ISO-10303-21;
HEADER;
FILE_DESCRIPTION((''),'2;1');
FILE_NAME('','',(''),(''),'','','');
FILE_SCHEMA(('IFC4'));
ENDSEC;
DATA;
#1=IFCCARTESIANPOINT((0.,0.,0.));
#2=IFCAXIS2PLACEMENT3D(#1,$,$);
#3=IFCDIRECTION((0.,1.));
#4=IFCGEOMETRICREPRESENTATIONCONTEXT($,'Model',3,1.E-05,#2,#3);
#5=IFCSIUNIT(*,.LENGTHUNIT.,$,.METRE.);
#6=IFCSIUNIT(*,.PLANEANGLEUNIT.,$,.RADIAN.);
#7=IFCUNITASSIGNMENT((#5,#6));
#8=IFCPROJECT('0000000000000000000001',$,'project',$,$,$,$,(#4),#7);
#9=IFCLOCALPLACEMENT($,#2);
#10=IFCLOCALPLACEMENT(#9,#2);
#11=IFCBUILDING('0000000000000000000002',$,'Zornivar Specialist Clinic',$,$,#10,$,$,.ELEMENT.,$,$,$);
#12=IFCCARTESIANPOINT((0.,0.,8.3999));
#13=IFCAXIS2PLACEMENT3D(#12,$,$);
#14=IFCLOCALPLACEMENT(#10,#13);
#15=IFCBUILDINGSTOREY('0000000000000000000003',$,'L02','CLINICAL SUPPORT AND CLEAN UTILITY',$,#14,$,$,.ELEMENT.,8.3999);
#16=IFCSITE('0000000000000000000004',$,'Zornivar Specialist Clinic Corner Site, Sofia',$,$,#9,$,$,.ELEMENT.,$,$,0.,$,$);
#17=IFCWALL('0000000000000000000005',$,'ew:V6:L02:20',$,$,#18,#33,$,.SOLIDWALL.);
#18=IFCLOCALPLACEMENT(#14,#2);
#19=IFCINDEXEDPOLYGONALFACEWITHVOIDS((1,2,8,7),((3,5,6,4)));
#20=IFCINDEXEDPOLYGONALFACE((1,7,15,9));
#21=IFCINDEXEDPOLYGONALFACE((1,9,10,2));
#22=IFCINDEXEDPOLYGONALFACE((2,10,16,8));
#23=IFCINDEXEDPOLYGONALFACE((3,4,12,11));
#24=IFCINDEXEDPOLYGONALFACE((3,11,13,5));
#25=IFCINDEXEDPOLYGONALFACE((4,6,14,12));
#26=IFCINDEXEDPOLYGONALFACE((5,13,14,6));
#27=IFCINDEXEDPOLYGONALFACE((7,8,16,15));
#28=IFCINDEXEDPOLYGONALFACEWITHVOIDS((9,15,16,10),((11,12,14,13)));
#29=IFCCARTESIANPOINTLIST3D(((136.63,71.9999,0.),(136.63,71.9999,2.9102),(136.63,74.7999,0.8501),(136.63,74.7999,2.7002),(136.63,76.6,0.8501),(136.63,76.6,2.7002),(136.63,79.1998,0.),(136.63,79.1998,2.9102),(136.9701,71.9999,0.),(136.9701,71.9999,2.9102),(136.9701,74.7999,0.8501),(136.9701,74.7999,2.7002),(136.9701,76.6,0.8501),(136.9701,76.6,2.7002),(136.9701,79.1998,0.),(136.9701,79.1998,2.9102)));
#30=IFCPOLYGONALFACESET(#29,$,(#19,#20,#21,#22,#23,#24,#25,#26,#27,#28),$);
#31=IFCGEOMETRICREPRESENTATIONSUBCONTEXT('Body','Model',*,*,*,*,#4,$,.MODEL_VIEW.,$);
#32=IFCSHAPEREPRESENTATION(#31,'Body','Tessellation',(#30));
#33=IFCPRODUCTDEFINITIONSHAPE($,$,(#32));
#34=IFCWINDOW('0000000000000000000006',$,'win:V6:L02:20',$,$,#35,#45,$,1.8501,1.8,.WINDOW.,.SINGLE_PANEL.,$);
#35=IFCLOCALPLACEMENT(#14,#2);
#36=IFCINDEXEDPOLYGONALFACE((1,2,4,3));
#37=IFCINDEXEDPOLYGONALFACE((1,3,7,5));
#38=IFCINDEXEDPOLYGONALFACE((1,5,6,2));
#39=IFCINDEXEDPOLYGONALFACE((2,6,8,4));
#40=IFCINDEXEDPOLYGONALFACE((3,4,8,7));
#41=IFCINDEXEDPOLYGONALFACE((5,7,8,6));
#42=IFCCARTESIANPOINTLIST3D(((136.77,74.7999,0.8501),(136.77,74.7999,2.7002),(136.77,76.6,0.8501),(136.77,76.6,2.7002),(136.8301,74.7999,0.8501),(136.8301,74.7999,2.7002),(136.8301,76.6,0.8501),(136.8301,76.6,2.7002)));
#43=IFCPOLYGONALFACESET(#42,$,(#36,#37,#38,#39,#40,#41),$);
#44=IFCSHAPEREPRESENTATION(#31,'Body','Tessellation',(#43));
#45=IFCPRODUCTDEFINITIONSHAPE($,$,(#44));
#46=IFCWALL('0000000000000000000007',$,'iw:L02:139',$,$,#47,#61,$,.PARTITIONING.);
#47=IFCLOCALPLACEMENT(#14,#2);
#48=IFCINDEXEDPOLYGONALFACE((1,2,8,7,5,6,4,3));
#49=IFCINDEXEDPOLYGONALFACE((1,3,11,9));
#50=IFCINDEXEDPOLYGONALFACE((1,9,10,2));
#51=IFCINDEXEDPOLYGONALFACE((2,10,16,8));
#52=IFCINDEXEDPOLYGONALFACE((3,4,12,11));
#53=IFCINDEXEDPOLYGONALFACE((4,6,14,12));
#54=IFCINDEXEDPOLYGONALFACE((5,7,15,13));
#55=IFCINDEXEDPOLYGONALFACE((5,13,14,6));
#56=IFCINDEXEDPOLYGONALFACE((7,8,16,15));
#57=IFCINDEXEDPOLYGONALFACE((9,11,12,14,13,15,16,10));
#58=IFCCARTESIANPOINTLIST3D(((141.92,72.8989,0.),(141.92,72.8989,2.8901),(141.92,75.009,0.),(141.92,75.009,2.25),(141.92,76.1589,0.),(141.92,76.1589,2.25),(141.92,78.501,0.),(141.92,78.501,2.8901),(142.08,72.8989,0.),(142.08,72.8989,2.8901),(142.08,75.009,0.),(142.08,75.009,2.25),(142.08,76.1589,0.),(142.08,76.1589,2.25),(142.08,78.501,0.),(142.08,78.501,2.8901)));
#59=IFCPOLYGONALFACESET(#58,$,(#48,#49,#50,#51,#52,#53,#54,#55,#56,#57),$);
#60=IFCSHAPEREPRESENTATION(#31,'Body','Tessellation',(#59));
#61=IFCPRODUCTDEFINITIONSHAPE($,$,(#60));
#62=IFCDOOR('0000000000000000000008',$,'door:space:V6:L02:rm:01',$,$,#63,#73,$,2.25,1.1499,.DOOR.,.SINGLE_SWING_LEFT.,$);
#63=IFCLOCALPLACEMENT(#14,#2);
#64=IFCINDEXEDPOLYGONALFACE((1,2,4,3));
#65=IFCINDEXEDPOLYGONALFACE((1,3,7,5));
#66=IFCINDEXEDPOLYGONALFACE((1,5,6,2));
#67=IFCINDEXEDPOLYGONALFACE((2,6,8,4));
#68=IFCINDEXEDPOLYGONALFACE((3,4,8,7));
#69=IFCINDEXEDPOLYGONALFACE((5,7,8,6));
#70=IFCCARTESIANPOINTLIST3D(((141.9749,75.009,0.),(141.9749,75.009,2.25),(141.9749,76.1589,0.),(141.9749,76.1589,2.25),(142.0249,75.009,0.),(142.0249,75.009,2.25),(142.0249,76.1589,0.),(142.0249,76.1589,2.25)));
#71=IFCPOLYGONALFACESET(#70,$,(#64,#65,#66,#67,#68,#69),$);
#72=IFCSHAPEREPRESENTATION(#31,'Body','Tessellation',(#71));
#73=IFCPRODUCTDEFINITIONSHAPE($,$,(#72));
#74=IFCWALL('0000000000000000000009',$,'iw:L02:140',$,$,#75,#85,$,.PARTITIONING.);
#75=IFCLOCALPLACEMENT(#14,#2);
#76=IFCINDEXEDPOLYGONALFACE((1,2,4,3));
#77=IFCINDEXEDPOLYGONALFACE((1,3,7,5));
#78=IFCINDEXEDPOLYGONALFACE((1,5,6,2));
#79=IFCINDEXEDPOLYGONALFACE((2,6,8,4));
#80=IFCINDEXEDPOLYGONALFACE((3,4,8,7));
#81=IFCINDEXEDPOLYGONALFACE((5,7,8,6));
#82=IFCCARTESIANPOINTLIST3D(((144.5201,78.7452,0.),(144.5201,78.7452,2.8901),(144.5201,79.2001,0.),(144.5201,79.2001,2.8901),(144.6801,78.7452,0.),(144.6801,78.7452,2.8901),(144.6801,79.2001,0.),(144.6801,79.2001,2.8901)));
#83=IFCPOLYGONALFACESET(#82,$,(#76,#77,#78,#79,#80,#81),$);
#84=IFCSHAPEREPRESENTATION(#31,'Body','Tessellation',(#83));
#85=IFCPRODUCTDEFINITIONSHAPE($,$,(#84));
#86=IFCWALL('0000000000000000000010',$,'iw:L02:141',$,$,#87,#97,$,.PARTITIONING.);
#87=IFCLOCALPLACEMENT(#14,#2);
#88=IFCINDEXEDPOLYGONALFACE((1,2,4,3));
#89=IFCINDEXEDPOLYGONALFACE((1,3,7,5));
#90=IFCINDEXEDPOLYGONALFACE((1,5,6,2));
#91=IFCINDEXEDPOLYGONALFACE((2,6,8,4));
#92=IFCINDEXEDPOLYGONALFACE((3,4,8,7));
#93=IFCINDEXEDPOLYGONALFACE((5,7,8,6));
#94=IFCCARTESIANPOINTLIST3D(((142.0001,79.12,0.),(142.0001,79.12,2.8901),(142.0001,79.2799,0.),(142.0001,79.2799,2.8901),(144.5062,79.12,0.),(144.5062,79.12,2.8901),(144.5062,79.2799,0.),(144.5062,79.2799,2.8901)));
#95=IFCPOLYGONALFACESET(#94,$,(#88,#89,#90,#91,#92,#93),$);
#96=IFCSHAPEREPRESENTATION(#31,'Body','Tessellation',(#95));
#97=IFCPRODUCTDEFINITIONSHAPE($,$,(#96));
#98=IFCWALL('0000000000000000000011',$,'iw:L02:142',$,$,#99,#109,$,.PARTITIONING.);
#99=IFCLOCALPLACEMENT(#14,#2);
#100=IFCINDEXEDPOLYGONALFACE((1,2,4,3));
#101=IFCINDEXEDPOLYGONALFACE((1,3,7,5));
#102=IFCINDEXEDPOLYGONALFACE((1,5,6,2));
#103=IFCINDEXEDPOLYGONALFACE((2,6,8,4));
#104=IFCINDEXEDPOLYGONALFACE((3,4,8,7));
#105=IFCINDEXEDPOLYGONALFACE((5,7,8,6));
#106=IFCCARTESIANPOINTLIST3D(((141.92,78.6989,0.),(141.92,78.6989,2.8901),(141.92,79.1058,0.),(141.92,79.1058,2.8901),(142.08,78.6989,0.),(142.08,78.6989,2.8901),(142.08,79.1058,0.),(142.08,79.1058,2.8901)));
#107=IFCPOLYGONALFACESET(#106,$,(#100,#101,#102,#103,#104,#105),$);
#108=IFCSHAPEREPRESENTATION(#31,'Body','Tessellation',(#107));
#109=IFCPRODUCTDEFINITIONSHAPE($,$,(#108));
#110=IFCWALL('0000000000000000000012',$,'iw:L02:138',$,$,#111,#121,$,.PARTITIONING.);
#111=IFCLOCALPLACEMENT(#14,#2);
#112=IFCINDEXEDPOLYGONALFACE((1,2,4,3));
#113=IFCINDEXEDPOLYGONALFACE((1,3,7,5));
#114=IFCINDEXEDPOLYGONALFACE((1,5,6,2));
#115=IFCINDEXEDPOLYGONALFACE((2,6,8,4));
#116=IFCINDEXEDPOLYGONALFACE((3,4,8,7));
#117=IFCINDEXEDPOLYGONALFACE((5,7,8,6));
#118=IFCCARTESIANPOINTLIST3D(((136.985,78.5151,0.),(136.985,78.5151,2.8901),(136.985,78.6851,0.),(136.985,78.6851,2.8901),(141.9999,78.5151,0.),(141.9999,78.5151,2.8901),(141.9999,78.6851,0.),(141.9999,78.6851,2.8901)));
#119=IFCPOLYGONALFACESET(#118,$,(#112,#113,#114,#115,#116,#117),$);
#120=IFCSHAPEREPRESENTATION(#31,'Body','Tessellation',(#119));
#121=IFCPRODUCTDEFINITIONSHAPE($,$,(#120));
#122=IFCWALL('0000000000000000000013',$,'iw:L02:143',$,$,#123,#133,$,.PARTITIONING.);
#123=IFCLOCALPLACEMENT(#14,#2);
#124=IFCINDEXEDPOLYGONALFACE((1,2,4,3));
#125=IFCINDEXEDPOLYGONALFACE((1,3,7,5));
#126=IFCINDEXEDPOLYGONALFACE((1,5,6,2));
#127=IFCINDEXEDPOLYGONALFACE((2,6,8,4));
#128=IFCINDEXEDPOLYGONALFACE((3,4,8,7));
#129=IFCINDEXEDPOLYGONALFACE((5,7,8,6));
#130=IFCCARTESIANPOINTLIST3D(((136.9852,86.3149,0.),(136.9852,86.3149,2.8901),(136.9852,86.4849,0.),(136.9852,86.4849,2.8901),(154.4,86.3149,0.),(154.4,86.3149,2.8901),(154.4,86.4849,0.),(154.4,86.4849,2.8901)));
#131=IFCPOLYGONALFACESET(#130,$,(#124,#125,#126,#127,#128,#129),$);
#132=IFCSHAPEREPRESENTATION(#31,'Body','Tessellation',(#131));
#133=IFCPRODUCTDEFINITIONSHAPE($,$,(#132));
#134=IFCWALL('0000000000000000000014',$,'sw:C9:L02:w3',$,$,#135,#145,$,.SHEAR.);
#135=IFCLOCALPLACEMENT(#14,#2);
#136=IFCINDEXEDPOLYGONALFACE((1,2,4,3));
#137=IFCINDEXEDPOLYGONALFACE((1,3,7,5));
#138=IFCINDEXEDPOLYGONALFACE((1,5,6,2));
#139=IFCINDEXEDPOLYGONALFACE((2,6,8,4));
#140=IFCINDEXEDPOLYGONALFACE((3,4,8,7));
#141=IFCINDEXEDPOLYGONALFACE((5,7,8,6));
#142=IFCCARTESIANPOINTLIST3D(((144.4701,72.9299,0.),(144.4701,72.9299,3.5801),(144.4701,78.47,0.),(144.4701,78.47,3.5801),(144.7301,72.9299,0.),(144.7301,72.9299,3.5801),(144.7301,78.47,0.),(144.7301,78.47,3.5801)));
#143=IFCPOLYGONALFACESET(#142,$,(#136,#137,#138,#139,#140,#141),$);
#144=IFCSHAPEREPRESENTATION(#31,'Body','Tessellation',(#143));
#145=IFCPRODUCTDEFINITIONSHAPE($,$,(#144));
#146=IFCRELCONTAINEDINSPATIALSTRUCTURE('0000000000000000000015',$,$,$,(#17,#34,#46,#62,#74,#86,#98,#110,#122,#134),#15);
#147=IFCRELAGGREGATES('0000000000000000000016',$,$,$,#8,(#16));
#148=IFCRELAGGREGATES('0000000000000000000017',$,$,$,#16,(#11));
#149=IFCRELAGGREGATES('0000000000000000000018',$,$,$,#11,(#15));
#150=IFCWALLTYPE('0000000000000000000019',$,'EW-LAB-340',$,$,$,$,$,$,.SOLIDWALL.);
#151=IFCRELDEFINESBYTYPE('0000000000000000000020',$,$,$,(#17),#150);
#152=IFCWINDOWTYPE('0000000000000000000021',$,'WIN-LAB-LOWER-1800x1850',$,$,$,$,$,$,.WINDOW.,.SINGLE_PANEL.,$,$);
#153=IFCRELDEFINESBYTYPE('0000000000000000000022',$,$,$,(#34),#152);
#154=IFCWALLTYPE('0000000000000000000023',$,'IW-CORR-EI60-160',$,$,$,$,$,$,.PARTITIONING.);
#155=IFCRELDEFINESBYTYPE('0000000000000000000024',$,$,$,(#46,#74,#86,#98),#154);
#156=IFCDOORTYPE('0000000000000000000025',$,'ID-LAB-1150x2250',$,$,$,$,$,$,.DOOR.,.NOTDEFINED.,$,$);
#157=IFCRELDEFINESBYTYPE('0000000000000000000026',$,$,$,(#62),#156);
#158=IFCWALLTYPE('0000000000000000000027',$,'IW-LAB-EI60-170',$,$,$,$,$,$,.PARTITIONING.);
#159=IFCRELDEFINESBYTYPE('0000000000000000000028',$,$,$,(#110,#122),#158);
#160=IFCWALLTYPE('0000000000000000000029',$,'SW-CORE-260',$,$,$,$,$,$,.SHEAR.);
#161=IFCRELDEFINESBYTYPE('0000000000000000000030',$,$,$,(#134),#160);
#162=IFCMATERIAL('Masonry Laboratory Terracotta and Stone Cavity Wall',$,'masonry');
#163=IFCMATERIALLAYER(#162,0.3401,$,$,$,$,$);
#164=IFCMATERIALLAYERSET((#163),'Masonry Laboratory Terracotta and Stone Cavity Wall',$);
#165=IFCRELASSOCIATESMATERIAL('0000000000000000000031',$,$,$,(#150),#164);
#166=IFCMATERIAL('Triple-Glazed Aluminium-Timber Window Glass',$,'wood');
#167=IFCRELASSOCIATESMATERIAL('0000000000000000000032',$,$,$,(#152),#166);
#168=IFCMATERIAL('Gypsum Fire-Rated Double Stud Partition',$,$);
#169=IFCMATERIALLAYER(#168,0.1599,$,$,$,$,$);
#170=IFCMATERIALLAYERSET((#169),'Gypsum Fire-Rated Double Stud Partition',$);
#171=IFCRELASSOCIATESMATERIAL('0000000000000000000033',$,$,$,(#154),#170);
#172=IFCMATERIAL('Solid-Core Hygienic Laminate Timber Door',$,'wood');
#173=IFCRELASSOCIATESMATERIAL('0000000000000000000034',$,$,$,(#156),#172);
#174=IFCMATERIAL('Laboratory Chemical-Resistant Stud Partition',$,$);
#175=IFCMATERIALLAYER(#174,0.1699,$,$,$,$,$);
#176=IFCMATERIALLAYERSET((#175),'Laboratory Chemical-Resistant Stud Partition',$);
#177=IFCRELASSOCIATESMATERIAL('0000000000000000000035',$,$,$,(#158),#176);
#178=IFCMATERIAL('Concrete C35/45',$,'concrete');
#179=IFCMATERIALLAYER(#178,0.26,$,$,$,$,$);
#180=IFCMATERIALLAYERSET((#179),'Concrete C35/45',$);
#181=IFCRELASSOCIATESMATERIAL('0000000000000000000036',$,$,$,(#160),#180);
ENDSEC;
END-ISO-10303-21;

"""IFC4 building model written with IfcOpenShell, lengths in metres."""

from ifc_helpers import new_model, si_unit, direction, frame, frame_2d, origin, place, context, subcontext, project, spatial, rectangle, extrude, material, layer, layer_set, type_object, element, fill, save


model = new_model("IFC4")

# Units and contexts
model_context = context("Model", 3, precision=1e-05, world=origin(), true_north=direction((0.0, 1.0)))
body_context = subcontext(model_context, "Body", "Model", "MODEL_VIEW")
ifc_project = project(units=[si_unit("LENGTHUNIT", "METRE"), si_unit("PLANEANGLEUNIT", "RADIAN")], contexts=[model_context])

# Site, building, storey
site_placement = place(None, origin())
site = spatial("IfcSite", under=ifc_project, at=site_placement, Name="Zornivar Specialist Clinic Corner Site, Sofia", CompositionType="ELEMENT", RefElevation=0.0)
building_placement = place(site_placement, origin())
building = spatial("IfcBuilding", under=site, at=building_placement, Name="Zornivar Specialist Clinic", CompositionType="ELEMENT")
storey_placement = place(building_placement, frame((0.0, 0.0, 8.3999)))
storey = spatial("IfcBuildingStorey", under=building, at=storey_placement, Name="L02", Description="CLINICAL SUPPORT AND CLEAN UTILITY", CompositionType="ELEMENT", Elevation=8.3999)

# Wall, opening, window
ifc_material_1 = material(Name="Masonry Laboratory Terracotta and Stone Cavity Wall", Category="masonry")
ifc_layer_1 = layer(ifc_material_1, 0.3401)
ifc_layer_set_1 = layer_set([ifc_layer_1], Name="Masonry Laboratory Terracotta and Stone Cavity Wall")
wall_type_1 = type_object("IfcWallType", Name="EW-LAB-340", PredefinedType="SOLIDWALL", material=ifc_layer_set_1)
ifc_material_2 = material(Name="Triple-Glazed Aluminium-Timber Window Glass", Category="wood")
window_type = type_object("IfcWindowType", Name="WIN-LAB-LOWER-1800x1850", PartitioningType="SINGLE_PANEL", PredefinedType="WINDOW", material=ifc_material_2)
wall_1_placement = place(storey_placement, frame((136.8, 79.2, 0.0), z_axis=(0.0, 0.0, 1.0), x_axis=(0.0, -1.0, 0.0)))
wall_1 = element("IfcWall", 1, at=wall_1_placement, inside=storey, type_object=wall_type_1, Name="ew:V6:L02:20", PredefinedType="SOLIDWALL", context=body_context, shape_type="SweptSolid", body=[
    extrude(rectangle(XDim=7.2, YDim=0.3401, at=frame_2d((3.6001, 0.0))), origin(), (0.0, 0.0, 1.0), 2.9102),
])
opening_1_placement = place(wall_1_placement, frame((2.6001, 0.0, 0.8501)))
opening_1 = element("IfcOpeningElement", 2, at=opening_1_placement, cuts=wall_1, PredefinedType="OPENING", context=body_context, shape_type="SweptSolid", body=[
    extrude(rectangle(XDim=1.8, YDim=1.8501, at=frame_2d((0.8999, 0.925))), frame((0.0, 0.1799, 0.0), z_axis=(0.0, -1.0, 0.0), x_axis=(1.0, 0.0, 0.0)), (0.0, 0.0, 1.0), 0.3601),
])
window_1_placement = place(opening_1_placement, origin())
window_1 = element("IfcWindow", 3, at=window_1_placement, inside=storey, type_object=window_type, Name="win:V6:L02:20", OverallHeight=1.8501, OverallWidth=1.8, PartitioningType="SINGLE_PANEL", PredefinedType="WINDOW", context=body_context, shape_type="SweptSolid", body=[
    extrude(rectangle(XDim=1.8, YDim=1.8501, at=frame_2d((0.8999, 0.925))), frame((0.0, 0.03, 0.0), z_axis=(0.0, -1.0, 0.0), x_axis=(1.0, 0.0, 0.0)), (0.0, 0.0, 1.0), 0.0601),
])
fill(opening_1, window_1)

# Wall, opening, door
ifc_material_3 = material(Name="Gypsum Fire-Rated Double Stud Partition")
ifc_layer_2 = layer(ifc_material_3, 0.1599)
ifc_layer_set_2 = layer_set([ifc_layer_2], Name="Gypsum Fire-Rated Double Stud Partition")
wall_type_2 = type_object("IfcWallType", Name="IW-CORR-EI60-160", PredefinedType="PARTITIONING", material=ifc_layer_set_2)
wall_2_placement = place(storey_placement, frame((142.0, 78.501, 0.0), z_axis=(0.0, 0.0, 1.0), x_axis=(0.0, -1.0, 0.0)))
wall_2 = element("IfcWall", 4, at=wall_2_placement, inside=storey, type_object=wall_type_2, Name="iw:L02:139", PredefinedType="PARTITIONING", context=body_context, shape_type="SweptSolid", body=[
    extrude(rectangle(XDim=5.6021, YDim=0.1599, at=frame_2d((2.801, 0.0))), origin(), (0.0, 0.0, 1.0), 2.8901),
])
opening_2_placement = place(wall_2_placement, frame((2.342, 0.0, 0.0)))
opening_2 = element("IfcOpeningElement", 5, at=opening_2_placement, cuts=wall_2, PredefinedType="OPENING", context=body_context, shape_type="SweptSolid", body=[
    extrude(rectangle(XDim=1.1499, YDim=2.25, at=frame_2d((0.575, 1.125))), frame((0.0, 0.0898, 0.0), z_axis=(0.0, -1.0, 0.0), x_axis=(1.0, 0.0, 0.0)), (0.0, 0.0, 1.0), 0.1799),
])
ifc_material_4 = material(Name="Solid-Core Hygienic Laminate Timber Door", Category="wood")
door_type_1 = type_object("IfcDoorType", Name="ID-LAB-1150x2250", OperationType="NOTDEFINED", PredefinedType="DOOR", material=ifc_material_4)
door_1_placement = place(opening_2_placement, origin())
door_1 = element("IfcDoor", 6, at=door_1_placement, inside=storey, type_object=door_type_1, Name="door:space:V6:L02:rm:01", OperationType="SINGLE_SWING_LEFT", OverallHeight=2.25, OverallWidth=1.1499, PredefinedType="DOOR", context=body_context, shape_type="SweptSolid", body=[
    extrude(rectangle(XDim=1.1499, YDim=2.25, at=frame_2d((0.575, 1.125))), frame((0.0, 0.0249, 0.0), z_axis=(0.0, -1.0, 0.0), x_axis=(1.0, 0.0, 0.0)), (0.0, 0.0, 1.0), 0.05),
])
fill(opening_2, door_1)

# Walls
wall_3_placement = place(storey_placement, frame((144.6001, 78.7451, 0.0), z_axis=(0.0, 0.0, 1.0), x_axis=(0.0, 1.0, 0.0)))
element("IfcWall", 7, at=wall_3_placement, inside=storey, type_object=wall_type_2, Name="iw:L02:140", PredefinedType="PARTITIONING", context=body_context, shape_type="SweptSolid", body=[
    extrude(rectangle(XDim=0.4548, YDim=0.1599, at=frame_2d((0.2275, 0.0))), origin(), (0.0, 0.0, 1.0), 2.8901),
])
wall_4_placement = place(storey_placement, frame((144.5061, 79.2, 0.0), z_axis=(0.0, 0.0, 1.0), x_axis=(-1.0, 0.0, 0.0)))
element("IfcWall", 8, at=wall_4_placement, inside=storey, type_object=wall_type_2, Name="iw:L02:141", PredefinedType="PARTITIONING", context=body_context, shape_type="SweptSolid", body=[
    extrude(rectangle(XDim=2.5061, YDim=0.1599, at=frame_2d((1.2529, 0.0))), origin(), (0.0, 0.0, 1.0), 2.8901),
])
wall_5_placement = place(storey_placement, frame((142.0, 79.106, 0.0), z_axis=(0.0, 0.0, 1.0), x_axis=(0.0, -1.0, 0.0)))
element("IfcWall", 9, at=wall_5_placement, inside=storey, type_object=wall_type_2, Name="iw:L02:142", PredefinedType="PARTITIONING", context=body_context, shape_type="SweptSolid", body=[
    extrude(rectangle(XDim=0.407, YDim=0.1599, at=frame_2d((0.2036, 0.0))), origin(), (0.0, 0.0, 1.0), 2.8901),
])
ifc_material_5 = material(Name="Laboratory Chemical-Resistant Stud Partition")
ifc_layer_3 = layer(ifc_material_5, 0.1699)
ifc_layer_set_3 = layer_set([ifc_layer_3], Name="Laboratory Chemical-Resistant Stud Partition")
wall_type_3 = type_object("IfcWallType", Name="IW-LAB-EI60-170", PredefinedType="PARTITIONING", material=ifc_layer_set_3)
wall_6_placement = place(storey_placement, frame((136.9851, 78.6001, 0.0), z_axis=(0.0, 0.0, 1.0), x_axis=(1.0, 0.0, 0.0)))
element("IfcWall", 10, at=wall_6_placement, inside=storey, type_object=wall_type_3, Name="iw:L02:138", PredefinedType="PARTITIONING", context=body_context, shape_type="SweptSolid", body=[
    extrude(rectangle(XDim=5.0149, YDim=0.1699, at=frame_2d((2.5073, 0.0))), origin(), (0.0, 0.0, 1.0), 2.8901),
])
wall_7_placement = place(storey_placement, frame((136.9851, 86.3999, 0.0), z_axis=(0.0, 0.0, 1.0), x_axis=(1.0, 0.0, 0.0)))
element("IfcWall", 11, at=wall_7_placement, inside=storey, type_object=wall_type_3, Name="iw:L02:143", PredefinedType="PARTITIONING", context=body_context, shape_type="SweptSolid", body=[
    extrude(rectangle(XDim=17.4148, YDim=0.1699, at=frame_2d((8.7075, 0.0))), origin(), (0.0, 0.0, 1.0), 2.8901),
])
ifc_material_6 = material(Name="Concrete C35/45", Category="concrete")
ifc_layer_4 = layer(ifc_material_6, 0.26)
ifc_layer_set_4 = layer_set([ifc_layer_4], Name="Concrete C35/45")
wall_type_4 = type_object("IfcWallType", Name="SW-CORE-260", PredefinedType="SHEAR", material=ifc_layer_set_4)
wall_8_placement = place(storey_placement, frame((144.6001, 78.47, 0.0), z_axis=(0.0, 0.0, 1.0), x_axis=(0.0, -1.0, 0.0)))
element("IfcWall", 12, at=wall_8_placement, inside=storey, type_object=wall_type_4, Name="sw:C9:L02:w3", PredefinedType="SHEAR", context=body_context, shape_type="SweptSolid", body=[
    extrude(rectangle(XDim=5.54, YDim=0.26, at=frame_2d((2.77, 0.0))), origin(), (0.0, 0.0, 1.0), 3.5801),
])

save(model, "model.ifc")
